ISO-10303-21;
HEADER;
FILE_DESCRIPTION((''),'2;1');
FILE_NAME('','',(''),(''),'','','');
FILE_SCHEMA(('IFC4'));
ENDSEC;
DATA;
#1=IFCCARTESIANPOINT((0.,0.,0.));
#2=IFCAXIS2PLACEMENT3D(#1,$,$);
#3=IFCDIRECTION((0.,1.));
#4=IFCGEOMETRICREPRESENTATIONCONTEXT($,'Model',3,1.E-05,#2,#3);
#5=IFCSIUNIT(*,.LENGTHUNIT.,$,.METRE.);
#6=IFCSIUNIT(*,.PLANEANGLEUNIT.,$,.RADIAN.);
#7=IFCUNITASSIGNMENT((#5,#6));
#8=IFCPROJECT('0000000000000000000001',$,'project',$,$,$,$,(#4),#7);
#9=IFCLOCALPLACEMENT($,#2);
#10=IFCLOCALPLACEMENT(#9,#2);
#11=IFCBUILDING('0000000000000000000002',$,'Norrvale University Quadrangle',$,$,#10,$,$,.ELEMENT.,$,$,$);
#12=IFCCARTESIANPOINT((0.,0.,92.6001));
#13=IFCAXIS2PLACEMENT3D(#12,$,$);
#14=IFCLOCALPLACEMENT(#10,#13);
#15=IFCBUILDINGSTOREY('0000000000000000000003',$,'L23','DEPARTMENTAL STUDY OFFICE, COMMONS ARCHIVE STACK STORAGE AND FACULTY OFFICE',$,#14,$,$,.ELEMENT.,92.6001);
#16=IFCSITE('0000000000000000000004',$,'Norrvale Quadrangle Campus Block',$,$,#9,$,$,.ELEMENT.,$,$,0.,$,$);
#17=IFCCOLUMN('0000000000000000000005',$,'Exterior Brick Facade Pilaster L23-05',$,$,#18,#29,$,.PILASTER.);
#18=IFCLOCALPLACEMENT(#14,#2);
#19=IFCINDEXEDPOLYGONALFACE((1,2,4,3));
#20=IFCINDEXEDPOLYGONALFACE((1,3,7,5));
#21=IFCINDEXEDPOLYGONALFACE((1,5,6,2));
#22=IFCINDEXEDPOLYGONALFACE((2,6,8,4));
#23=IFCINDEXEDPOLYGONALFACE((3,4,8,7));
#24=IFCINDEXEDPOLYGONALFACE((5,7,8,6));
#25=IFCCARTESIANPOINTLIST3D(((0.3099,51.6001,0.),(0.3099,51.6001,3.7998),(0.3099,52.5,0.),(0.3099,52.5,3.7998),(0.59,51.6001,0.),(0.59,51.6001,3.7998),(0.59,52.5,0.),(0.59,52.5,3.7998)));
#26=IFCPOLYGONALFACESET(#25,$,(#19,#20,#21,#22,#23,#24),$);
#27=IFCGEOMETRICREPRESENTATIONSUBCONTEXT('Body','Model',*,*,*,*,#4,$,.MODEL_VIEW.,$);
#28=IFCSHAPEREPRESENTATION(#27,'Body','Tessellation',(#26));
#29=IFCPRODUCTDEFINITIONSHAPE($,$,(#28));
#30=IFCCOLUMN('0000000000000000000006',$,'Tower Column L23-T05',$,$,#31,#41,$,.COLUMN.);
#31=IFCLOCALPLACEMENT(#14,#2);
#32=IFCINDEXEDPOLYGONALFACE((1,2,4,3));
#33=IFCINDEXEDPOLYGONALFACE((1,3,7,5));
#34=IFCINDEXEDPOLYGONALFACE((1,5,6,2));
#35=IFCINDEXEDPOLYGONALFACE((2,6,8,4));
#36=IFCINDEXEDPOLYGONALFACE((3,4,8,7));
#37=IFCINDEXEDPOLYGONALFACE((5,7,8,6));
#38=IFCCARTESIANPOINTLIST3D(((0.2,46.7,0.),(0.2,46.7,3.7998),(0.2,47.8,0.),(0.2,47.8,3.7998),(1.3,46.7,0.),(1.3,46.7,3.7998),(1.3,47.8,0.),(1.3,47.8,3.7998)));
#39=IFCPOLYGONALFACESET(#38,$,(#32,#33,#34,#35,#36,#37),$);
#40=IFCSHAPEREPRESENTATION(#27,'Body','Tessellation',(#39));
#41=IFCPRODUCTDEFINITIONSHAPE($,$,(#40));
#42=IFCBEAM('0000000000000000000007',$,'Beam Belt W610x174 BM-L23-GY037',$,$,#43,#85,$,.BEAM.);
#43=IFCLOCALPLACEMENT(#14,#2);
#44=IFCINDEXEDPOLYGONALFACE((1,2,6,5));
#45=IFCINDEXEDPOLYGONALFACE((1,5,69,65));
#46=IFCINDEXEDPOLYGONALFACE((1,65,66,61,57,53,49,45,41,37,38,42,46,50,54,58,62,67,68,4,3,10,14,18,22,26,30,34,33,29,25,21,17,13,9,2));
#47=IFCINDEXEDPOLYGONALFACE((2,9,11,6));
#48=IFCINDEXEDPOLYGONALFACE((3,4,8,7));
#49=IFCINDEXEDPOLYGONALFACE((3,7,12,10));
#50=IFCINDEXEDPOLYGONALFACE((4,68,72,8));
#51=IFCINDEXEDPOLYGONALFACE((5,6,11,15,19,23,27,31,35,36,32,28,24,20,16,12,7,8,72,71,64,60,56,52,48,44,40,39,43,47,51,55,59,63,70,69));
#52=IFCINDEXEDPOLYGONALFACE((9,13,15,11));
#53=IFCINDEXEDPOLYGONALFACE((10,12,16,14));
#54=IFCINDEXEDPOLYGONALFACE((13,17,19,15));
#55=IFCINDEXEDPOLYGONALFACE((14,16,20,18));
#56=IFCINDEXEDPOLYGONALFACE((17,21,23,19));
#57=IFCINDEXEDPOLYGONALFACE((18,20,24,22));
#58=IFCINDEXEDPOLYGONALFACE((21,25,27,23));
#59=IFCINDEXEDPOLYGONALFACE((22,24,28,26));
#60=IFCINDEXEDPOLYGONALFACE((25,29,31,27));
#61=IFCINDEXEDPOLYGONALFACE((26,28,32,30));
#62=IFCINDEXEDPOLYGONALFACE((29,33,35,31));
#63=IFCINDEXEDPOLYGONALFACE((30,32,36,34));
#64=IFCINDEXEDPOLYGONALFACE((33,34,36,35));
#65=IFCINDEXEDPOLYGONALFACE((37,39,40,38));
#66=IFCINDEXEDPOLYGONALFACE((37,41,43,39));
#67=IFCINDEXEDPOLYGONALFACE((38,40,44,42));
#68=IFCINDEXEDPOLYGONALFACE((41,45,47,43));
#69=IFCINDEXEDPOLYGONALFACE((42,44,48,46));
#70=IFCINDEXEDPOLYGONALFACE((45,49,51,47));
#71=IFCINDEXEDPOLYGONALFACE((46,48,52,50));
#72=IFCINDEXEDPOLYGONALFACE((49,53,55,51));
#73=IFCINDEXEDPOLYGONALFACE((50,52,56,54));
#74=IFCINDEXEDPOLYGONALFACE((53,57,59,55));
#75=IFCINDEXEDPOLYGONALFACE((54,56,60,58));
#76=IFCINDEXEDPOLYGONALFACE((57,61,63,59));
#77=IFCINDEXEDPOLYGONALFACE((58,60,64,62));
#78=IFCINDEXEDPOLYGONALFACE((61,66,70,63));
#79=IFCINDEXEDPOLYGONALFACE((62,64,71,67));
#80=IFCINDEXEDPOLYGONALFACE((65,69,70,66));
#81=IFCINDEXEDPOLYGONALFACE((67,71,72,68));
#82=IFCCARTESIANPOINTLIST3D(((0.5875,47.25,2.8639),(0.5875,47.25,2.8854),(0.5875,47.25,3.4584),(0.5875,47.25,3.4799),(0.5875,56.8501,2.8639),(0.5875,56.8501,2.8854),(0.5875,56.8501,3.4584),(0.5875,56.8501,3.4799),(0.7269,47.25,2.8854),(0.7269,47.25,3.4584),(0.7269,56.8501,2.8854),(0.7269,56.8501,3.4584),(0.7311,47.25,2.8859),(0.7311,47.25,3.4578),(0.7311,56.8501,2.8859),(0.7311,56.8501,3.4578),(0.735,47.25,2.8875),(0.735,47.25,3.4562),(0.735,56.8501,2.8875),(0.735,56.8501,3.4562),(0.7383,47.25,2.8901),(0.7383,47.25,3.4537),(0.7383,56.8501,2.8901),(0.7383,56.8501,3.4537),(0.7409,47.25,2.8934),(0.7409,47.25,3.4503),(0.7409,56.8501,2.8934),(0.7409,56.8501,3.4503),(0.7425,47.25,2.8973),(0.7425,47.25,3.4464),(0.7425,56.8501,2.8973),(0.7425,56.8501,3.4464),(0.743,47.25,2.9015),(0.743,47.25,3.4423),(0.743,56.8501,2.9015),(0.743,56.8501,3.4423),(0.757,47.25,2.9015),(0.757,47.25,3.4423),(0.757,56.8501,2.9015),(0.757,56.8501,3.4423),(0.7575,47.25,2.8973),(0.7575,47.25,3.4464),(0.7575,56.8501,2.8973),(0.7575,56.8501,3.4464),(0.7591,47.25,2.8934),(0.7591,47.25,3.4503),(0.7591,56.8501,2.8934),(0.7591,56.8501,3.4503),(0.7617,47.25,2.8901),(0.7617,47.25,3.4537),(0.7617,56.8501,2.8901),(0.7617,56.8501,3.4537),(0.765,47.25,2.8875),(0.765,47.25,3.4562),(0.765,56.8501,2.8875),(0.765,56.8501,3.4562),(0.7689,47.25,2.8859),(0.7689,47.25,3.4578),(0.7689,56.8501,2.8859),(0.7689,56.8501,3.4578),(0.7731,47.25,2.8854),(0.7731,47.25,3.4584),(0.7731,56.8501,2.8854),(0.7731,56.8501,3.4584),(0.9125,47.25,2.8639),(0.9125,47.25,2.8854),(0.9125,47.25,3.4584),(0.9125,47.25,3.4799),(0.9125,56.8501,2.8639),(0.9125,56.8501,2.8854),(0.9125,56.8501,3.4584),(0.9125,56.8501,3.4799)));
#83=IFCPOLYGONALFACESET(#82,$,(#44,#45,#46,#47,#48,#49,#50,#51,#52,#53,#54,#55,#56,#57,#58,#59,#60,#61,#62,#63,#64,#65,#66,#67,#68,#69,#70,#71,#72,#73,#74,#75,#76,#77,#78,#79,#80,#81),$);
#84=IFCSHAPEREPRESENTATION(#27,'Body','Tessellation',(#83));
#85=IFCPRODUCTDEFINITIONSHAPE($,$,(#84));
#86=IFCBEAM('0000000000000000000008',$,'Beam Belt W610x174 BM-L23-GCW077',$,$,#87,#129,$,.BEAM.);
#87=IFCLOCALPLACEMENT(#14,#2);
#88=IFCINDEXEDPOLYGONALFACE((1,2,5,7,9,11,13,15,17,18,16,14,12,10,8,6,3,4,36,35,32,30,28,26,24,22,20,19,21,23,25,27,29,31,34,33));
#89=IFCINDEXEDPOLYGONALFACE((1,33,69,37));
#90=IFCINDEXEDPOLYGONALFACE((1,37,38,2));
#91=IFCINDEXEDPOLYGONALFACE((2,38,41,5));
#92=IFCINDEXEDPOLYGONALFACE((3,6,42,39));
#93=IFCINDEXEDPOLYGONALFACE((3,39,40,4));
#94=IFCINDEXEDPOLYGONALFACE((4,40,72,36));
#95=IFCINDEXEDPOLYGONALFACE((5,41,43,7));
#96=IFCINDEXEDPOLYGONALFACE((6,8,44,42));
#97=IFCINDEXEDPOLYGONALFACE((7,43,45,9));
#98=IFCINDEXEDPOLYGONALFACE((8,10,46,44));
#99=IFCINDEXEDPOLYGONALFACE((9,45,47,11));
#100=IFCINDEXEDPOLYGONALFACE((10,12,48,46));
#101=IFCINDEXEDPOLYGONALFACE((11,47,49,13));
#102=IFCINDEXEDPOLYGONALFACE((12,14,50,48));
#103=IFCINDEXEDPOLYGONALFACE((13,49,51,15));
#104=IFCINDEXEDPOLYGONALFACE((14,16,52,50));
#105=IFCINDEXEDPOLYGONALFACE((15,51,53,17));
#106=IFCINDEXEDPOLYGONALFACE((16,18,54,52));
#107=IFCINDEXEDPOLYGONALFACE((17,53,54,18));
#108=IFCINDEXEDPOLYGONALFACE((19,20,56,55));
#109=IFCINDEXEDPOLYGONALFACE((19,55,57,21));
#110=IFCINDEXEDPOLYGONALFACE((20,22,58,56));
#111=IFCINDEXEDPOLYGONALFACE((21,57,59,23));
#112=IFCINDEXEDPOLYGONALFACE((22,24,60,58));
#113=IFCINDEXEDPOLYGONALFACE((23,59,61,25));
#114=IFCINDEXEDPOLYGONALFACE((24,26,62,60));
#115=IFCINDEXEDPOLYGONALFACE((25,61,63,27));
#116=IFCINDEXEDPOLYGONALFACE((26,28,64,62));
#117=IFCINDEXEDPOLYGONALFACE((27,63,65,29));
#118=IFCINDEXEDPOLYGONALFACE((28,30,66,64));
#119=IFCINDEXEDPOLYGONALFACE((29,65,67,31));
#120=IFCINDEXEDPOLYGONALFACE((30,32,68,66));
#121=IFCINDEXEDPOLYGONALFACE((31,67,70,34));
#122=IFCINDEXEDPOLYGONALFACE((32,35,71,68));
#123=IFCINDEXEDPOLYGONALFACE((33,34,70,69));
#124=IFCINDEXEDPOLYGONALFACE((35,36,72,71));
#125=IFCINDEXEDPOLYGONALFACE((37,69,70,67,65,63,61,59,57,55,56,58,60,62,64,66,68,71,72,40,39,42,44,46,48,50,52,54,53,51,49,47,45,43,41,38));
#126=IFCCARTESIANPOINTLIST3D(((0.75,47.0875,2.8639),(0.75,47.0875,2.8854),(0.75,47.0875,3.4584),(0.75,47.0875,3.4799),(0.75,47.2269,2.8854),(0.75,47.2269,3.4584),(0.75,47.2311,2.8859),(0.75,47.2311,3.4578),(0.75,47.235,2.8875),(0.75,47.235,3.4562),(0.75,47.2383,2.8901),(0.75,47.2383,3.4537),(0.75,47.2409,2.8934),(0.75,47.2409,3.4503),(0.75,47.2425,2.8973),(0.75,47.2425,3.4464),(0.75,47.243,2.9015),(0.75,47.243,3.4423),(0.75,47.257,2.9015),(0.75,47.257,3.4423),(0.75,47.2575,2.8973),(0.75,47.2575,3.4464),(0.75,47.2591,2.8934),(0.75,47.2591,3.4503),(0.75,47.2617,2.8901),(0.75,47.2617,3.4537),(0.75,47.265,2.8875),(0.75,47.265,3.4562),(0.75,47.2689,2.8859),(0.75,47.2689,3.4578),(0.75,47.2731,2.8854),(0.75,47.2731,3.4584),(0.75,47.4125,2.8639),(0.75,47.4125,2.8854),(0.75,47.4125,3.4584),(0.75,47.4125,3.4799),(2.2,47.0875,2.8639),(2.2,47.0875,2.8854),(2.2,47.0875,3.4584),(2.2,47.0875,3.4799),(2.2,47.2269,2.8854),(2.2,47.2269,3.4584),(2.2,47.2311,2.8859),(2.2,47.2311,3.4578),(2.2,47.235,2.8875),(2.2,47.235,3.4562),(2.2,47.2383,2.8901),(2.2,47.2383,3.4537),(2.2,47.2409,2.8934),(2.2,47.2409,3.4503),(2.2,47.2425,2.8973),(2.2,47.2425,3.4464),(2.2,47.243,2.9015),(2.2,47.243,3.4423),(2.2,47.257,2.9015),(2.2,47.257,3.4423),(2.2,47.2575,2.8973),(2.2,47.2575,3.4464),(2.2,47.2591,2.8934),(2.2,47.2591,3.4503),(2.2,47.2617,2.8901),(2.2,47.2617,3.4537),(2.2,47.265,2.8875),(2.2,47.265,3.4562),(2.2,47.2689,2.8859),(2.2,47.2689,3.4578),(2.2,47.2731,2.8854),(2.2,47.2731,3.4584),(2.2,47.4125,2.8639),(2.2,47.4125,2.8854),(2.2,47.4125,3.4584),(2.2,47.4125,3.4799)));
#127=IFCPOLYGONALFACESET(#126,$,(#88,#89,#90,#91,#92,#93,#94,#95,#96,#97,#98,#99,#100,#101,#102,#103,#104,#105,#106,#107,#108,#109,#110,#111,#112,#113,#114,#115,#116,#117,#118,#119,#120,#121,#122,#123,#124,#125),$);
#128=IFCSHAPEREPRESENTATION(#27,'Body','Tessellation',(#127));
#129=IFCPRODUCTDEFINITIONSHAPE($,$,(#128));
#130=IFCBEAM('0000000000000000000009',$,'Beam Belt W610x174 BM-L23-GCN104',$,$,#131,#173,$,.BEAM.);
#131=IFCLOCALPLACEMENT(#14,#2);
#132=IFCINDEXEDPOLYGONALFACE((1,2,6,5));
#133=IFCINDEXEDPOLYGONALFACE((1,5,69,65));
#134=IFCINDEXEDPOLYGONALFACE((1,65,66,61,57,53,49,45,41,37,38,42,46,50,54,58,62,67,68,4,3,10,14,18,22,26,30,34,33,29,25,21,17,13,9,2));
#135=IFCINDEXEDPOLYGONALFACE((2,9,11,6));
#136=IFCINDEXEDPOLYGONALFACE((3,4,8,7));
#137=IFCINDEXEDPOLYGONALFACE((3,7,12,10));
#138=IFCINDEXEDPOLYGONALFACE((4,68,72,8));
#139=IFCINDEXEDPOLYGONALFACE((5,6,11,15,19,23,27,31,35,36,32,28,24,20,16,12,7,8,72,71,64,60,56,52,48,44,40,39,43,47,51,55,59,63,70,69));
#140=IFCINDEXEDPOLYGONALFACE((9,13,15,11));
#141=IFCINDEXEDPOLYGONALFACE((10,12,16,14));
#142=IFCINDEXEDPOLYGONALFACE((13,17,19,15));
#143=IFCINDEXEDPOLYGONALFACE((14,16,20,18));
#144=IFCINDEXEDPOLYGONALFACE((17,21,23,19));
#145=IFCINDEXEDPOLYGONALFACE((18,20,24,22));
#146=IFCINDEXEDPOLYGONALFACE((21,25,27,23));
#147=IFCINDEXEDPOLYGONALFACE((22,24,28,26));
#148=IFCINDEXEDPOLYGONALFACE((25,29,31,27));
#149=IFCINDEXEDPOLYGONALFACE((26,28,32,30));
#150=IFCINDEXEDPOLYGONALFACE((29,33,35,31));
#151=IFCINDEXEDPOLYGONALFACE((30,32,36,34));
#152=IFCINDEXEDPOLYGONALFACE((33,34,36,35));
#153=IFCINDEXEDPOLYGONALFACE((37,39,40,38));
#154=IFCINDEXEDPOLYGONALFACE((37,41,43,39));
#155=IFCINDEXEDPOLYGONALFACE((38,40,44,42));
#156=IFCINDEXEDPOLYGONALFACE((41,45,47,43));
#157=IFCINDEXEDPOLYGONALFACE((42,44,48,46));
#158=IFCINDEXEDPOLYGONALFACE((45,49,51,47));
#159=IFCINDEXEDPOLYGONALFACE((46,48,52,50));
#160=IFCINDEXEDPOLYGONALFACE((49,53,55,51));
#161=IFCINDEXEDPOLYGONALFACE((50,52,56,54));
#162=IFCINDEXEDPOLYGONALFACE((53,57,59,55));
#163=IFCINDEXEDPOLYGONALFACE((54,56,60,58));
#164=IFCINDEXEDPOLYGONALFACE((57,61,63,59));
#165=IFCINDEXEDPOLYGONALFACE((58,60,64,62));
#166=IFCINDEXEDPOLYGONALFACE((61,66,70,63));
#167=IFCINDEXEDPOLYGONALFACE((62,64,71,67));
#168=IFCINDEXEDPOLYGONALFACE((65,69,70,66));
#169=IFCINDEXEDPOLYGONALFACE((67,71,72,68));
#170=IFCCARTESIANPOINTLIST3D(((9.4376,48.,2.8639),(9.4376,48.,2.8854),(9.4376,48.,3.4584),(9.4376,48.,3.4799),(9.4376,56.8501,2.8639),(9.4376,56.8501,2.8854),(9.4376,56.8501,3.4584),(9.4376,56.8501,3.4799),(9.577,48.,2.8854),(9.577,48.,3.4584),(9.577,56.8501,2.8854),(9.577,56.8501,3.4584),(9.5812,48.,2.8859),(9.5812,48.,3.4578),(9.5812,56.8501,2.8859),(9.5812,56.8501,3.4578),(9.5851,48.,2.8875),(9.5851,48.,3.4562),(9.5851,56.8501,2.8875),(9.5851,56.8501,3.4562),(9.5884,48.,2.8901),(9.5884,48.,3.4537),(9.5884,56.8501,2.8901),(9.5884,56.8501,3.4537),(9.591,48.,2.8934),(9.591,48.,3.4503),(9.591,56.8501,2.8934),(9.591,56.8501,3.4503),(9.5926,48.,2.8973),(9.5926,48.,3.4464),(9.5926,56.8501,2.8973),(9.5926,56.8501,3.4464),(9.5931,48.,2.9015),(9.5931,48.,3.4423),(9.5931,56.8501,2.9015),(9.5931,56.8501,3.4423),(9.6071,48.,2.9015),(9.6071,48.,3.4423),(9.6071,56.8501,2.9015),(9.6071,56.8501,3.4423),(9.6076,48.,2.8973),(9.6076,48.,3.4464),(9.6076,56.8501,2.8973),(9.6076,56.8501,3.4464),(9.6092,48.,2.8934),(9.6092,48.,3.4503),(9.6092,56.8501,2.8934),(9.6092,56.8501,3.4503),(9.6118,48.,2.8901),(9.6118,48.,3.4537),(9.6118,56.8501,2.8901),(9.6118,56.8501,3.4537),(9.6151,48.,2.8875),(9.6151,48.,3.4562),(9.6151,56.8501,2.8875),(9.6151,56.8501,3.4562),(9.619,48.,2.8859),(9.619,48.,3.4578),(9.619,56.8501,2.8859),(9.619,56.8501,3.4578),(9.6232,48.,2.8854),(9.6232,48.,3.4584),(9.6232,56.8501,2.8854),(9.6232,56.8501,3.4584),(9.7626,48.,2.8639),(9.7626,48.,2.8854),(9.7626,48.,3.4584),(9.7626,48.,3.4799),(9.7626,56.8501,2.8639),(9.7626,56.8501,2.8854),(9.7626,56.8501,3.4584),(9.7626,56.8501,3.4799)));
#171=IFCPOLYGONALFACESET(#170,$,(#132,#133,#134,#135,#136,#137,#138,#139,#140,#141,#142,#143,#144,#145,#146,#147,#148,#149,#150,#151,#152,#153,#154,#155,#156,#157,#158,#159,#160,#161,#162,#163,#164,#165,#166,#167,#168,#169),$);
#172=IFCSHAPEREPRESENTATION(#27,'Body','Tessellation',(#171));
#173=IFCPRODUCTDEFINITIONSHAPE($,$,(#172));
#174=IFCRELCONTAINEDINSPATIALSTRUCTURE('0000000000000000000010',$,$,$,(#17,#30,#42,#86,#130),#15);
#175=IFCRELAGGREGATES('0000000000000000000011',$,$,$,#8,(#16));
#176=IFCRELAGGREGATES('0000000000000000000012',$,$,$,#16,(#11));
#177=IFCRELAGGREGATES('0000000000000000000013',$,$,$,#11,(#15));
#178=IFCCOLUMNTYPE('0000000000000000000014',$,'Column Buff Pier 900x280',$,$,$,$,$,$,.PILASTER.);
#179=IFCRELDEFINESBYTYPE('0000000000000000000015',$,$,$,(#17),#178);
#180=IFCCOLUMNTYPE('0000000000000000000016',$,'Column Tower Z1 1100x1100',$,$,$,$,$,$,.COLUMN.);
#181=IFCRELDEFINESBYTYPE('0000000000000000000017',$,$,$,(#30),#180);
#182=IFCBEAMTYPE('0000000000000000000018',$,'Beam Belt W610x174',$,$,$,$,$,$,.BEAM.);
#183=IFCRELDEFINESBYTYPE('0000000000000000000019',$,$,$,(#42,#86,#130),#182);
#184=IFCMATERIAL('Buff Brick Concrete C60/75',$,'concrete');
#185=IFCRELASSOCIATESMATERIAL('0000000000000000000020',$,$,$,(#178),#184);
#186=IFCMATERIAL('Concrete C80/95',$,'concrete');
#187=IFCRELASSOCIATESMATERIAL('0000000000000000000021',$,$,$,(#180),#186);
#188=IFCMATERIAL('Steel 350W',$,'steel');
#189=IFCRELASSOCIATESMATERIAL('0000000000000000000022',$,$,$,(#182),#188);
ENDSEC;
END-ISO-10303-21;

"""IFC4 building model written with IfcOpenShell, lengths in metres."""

from ifc_helpers import new_model, si_unit, direction, frame, origin, origin_2d, place, context, subcontext, project, spatial, rectangle, i_section, extrude, material, material_profile, profile_set, type_object, element, save


model = new_model("IFC4")

# Units and contexts
model_context = context("Model", 3, precision=1e-05, world=origin(), true_north=direction((0.0, 1.0)))
body_context = subcontext(model_context, "Body", "Model", "MODEL_VIEW")
ifc_project = project(units=[si_unit("LENGTHUNIT", "METRE"), si_unit("PLANEANGLEUNIT", "RADIAN")], contexts=[model_context])

# Site, building, storey
site_placement = place(None, origin())
site = spatial("IfcSite", under=ifc_project, at=site_placement, Name="Norrvale Quadrangle Campus Block", CompositionType="ELEMENT", RefElevation=0.0)
building_placement = place(site_placement, origin())
building = spatial("IfcBuilding", under=site, at=building_placement, Name="Norrvale University Quadrangle", CompositionType="ELEMENT")
storey_placement = place(building_placement, frame((0.0, 0.0, 92.6001)))
storey = spatial("IfcBuildingStorey", under=building, at=storey_placement, Name="L23", Description="DEPARTMENTAL STUDY OFFICE, COMMONS ARCHIVE STACK STORAGE AND FACULTY OFFICE", CompositionType="ELEMENT", Elevation=92.6001)

# Columns
ifc_material_1 = material(Name="Buff Brick Concrete C60/75", Category="concrete")
ifc_material_profile_1 = material_profile(ifc_material_1, rectangle(XDim=0.8999, YDim=0.28, at=origin_2d()), Name="Buff Brick Concrete C60/75")
ifc_profile_set_1 = profile_set([ifc_material_profile_1], Name="Buff Brick Concrete C60/75")
column_type_1 = type_object("IfcColumnType", Name="Column Buff Pier 900x280", PredefinedType="PILASTER", material=ifc_profile_set_1)
column_1_placement = place(storey_placement, frame((0.45, 52.05, 0.0), z_axis=(0.0, 0.0, 1.0), x_axis=(0.0, 1.0, 0.0)))
element("IfcColumn", 1, at=column_1_placement, inside=storey, type_object=column_type_1, Name="Exterior Brick Facade Pilaster L23-05", PredefinedType="PILASTER", context=body_context, shape_type="SweptSolid", body=[
    extrude(rectangle(XDim=0.8999, YDim=0.28, at=origin_2d()), origin(), (0.0, 0.0, 1.0), 3.7998),
])
ifc_material_2 = material(Name="Concrete C80/95", Category="concrete")
ifc_material_profile_2 = material_profile(ifc_material_2, rectangle(XDim=1.1001, YDim=1.1001, at=origin_2d()), Name="Concrete C80/95")
ifc_profile_set_2 = profile_set([ifc_material_profile_2], Name="Concrete C80/95")
column_type_2 = type_object("IfcColumnType", Name="Column Tower Z1 1100x1100", PredefinedType="COLUMN", material=ifc_profile_set_2)
column_2_placement = place(storey_placement, frame((0.75, 47.25, 0.0), z_axis=(0.0, 0.0, 1.0), x_axis=(1.0, 0.0, 0.0)))
element("IfcColumn", 2, at=column_2_placement, inside=storey, type_object=column_type_2, Name="Tower Column L23-T05", PredefinedType="COLUMN", context=body_context, shape_type="SweptSolid", body=[
    extrude(rectangle(XDim=1.1001, YDim=1.1001, at=origin_2d()), origin(), (0.0, 0.0, 1.0), 3.7998),
])

# Beams
ifc_material_3 = material(Name="Steel 350W", Category="steel")
ifc_material_profile_3 = material_profile(ifc_material_3, i_section(OverallWidth=0.325, OverallDepth=0.616, WebThickness=0.0139, FlangeThickness=0.0215, FilletRadius=0.0161, at=origin_2d()), Name="Steel 350W")
ifc_profile_set_3 = profile_set([ifc_material_profile_3], Name="Steel 350W")
beam_type_1 = type_object("IfcBeamType", Name="Beam Belt W610x174", PredefinedType="BEAM", material=ifc_profile_set_3)
beam_1_placement = place(storey_placement, frame((0.75, 47.25, 3.1719), z_axis=(0.0, 1.0, 0.0), x_axis=(-1.0, 0.0, 0.0)))
element("IfcBeam", 3, at=beam_1_placement, inside=storey, type_object=beam_type_1, Name="Beam Belt W610x174 BM-L23-GY037", PredefinedType="BEAM", context=body_context, shape_type="SweptSolid", body=[
    extrude(i_section(OverallWidth=0.325, OverallDepth=0.616, WebThickness=0.0139, FlangeThickness=0.0215, FilletRadius=0.0161, at=origin_2d()), origin(), (0.0, 0.0, 1.0), 9.6001),
])
beam_2_placement = place(storey_placement, frame((0.75, 47.25, 3.1719), z_axis=(1.0, 0.0, 0.0), x_axis=(0.0, 1.0, 0.0)))
element("IfcBeam", 4, at=beam_2_placement, inside=storey, type_object=beam_type_1, Name="Beam Belt W610x174 BM-L23-GCW077", PredefinedType="BEAM", context=body_context, shape_type="SweptSolid", body=[
    extrude(i_section(OverallWidth=0.325, OverallDepth=0.616, WebThickness=0.0139, FlangeThickness=0.0215, FilletRadius=0.0161, at=origin_2d()), origin(), (0.0, 0.0, 1.0), 1.45),
])
beam_3_placement = place(storey_placement, frame((9.6001, 48.0, 3.1719), z_axis=(0.0, 1.0, 0.0), x_axis=(-1.0, 0.0, 0.0)))
element("IfcBeam", 5, at=beam_3_placement, inside=storey, type_object=beam_type_1, Name="Beam Belt W610x174 BM-L23-GCN104", PredefinedType="BEAM", context=body_context, shape_type="SweptSolid", body=[
    extrude(i_section(OverallWidth=0.325, OverallDepth=0.616, WebThickness=0.0139, FlangeThickness=0.0215, FilletRadius=0.0161, at=origin_2d()), origin(), (0.0, 0.0, 1.0), 8.8501),
])

save(model, "model.ifc")
